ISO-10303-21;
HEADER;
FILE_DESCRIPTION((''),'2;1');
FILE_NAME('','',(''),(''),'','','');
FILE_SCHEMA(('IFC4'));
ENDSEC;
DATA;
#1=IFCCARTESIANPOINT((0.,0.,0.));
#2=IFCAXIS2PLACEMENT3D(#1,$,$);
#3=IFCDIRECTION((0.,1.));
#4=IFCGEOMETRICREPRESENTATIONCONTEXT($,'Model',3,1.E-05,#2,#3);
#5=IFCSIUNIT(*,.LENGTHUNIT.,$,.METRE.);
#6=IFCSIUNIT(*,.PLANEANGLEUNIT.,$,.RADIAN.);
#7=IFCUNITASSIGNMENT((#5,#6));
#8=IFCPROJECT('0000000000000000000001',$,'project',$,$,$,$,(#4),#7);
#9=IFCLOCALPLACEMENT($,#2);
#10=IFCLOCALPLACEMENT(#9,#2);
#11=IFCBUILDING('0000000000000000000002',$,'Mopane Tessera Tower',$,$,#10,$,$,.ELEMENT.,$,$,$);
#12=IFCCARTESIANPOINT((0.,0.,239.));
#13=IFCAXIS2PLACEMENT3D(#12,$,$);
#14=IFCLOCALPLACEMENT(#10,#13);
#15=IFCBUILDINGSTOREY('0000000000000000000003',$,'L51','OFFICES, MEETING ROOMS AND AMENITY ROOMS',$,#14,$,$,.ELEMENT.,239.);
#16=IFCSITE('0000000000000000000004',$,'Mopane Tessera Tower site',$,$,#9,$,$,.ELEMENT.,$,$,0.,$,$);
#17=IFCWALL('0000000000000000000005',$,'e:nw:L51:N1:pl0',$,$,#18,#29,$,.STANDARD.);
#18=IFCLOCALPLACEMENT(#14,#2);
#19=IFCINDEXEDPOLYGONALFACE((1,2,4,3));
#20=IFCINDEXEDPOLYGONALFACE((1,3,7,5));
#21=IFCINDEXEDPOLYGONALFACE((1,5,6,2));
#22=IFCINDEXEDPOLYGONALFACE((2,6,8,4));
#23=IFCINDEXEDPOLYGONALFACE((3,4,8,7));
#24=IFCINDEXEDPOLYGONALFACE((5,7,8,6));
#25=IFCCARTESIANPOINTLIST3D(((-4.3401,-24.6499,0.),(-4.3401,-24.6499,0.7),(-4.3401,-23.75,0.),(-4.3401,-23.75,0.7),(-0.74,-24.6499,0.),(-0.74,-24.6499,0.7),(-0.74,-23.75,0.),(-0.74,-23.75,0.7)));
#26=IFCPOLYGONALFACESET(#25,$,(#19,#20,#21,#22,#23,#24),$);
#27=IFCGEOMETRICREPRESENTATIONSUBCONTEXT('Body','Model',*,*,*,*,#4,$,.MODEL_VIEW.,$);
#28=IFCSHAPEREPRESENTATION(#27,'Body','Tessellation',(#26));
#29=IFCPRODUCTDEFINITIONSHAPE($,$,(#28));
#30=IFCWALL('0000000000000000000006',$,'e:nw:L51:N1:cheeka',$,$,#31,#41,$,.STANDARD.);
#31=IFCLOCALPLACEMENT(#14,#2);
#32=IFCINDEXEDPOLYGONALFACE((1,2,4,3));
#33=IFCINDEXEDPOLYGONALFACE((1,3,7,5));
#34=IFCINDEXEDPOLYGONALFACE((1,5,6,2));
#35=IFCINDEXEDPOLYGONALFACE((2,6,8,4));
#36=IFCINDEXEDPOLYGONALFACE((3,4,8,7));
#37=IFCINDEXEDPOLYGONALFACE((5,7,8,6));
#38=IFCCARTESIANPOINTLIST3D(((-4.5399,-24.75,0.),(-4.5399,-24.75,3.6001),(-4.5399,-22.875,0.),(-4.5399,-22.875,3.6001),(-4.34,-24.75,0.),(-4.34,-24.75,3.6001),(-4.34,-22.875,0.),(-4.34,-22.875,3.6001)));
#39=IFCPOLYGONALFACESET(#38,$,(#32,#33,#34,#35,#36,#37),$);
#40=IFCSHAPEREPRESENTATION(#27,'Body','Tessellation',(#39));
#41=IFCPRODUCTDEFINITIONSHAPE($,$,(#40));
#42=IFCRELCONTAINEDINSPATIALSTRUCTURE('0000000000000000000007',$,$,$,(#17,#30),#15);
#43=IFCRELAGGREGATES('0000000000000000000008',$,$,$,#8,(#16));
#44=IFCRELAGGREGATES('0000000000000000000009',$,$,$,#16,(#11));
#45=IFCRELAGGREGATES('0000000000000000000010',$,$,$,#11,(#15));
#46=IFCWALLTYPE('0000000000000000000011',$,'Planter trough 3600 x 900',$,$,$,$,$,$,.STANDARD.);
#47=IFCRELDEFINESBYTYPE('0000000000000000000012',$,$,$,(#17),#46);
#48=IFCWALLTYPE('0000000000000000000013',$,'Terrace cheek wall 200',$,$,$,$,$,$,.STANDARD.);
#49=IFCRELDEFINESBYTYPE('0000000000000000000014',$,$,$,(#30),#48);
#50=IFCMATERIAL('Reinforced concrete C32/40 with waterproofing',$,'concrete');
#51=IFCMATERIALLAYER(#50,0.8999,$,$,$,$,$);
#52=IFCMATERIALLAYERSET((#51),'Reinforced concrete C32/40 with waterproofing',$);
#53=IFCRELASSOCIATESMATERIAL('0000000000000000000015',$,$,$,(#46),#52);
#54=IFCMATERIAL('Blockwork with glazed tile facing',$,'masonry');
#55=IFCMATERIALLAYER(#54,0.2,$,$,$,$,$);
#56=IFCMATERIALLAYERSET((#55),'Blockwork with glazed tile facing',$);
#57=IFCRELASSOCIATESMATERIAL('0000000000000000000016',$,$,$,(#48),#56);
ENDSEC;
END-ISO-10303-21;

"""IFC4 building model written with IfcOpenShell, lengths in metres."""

from ifc_helpers import new_model, si_unit, direction, frame, frame_2d, origin, place, context, subcontext, project, spatial, rectangle, extrude, material, layer, layer_set, type_object, element, save


model = new_model("IFC4")

# Units and contexts
model_context = context("Model", 3, precision=1e-05, world=origin(), true_north=direction((0.0, 1.0)))
body_context = subcontext(model_context, "Body", "Model", "MODEL_VIEW")
ifc_project = project(units=[si_unit("LENGTHUNIT", "METRE"), si_unit("PLANEANGLEUNIT", "RADIAN")], contexts=[model_context])

# Site, building, storey
site_placement = place(None, origin())
site = spatial("IfcSite", under=ifc_project, at=site_placement, Name="Mopane Tessera Tower site", CompositionType="ELEMENT", RefElevation=0.0)
building_placement = place(site_placement, origin())
building = spatial("IfcBuilding", under=site, at=building_placement, Name="Mopane Tessera Tower", CompositionType="ELEMENT")
storey_placement = place(building_placement, frame((0.0, 0.0, 239.0)))
storey = spatial("IfcBuildingStorey", under=building, at=storey_placement, Name="L51", Description="OFFICES, MEETING ROOMS AND AMENITY ROOMS", CompositionType="ELEMENT", Elevation=239.0)

# Walls
ifc_material_1 = material(Name="Reinforced concrete C32/40 with waterproofing", Category="concrete")
ifc_layer_1 = layer(ifc_material_1, 0.8999)
ifc_layer_set_1 = layer_set([ifc_layer_1], Name="Reinforced concrete C32/40 with waterproofing")
wall_type_1 = type_object("IfcWallType", Name="Planter trough 3600 x 900", PredefinedType="STANDARD", material=ifc_layer_set_1)
wall_1_placement = place(storey_placement, frame((-4.3401, -24.2, 0.0), z_axis=(0.0, 0.0, 1.0), x_axis=(1.0, 0.0, 0.0)))
element("IfcWall", 1, at=wall_1_placement, inside=storey, type_object=wall_type_1, Name="e:nw:L51:N1:pl0", PredefinedType="STANDARD", context=body_context, shape_type="SweptSolid", body=[
    extrude(rectangle(XDim=3.6001, YDim=0.8999, at=frame_2d((1.8, 0.0))), origin(), (0.0, 0.0, 1.0), 0.7),
])
ifc_material_2 = material(Name="Blockwork with glazed tile facing", Category="masonry")
ifc_layer_2 = layer(ifc_material_2, 0.2)
ifc_layer_set_2 = layer_set([ifc_layer_2], Name="Blockwork with glazed tile facing")
wall_type_2 = type_object("IfcWallType", Name="Terrace cheek wall 200", PredefinedType="STANDARD", material=ifc_layer_set_2)
wall_2_placement = place(storey_placement, frame((-4.4399, -24.75, 0.0), z_axis=(0.0, 0.0, 1.0), x_axis=(0.0, 1.0, 0.0)))
element("IfcWall", 2, at=wall_2_placement, inside=storey, type_object=wall_type_2, Name="e:nw:L51:N1:cheeka", PredefinedType="STANDARD", context=body_context, shape_type="SweptSolid", body=[
    extrude(rectangle(XDim=1.875, YDim=0.2, at=frame_2d((0.9375, 0.0))), origin(), (0.0, 0.0, 1.0), 3.6001),
])

save(model, "model.ifc")
